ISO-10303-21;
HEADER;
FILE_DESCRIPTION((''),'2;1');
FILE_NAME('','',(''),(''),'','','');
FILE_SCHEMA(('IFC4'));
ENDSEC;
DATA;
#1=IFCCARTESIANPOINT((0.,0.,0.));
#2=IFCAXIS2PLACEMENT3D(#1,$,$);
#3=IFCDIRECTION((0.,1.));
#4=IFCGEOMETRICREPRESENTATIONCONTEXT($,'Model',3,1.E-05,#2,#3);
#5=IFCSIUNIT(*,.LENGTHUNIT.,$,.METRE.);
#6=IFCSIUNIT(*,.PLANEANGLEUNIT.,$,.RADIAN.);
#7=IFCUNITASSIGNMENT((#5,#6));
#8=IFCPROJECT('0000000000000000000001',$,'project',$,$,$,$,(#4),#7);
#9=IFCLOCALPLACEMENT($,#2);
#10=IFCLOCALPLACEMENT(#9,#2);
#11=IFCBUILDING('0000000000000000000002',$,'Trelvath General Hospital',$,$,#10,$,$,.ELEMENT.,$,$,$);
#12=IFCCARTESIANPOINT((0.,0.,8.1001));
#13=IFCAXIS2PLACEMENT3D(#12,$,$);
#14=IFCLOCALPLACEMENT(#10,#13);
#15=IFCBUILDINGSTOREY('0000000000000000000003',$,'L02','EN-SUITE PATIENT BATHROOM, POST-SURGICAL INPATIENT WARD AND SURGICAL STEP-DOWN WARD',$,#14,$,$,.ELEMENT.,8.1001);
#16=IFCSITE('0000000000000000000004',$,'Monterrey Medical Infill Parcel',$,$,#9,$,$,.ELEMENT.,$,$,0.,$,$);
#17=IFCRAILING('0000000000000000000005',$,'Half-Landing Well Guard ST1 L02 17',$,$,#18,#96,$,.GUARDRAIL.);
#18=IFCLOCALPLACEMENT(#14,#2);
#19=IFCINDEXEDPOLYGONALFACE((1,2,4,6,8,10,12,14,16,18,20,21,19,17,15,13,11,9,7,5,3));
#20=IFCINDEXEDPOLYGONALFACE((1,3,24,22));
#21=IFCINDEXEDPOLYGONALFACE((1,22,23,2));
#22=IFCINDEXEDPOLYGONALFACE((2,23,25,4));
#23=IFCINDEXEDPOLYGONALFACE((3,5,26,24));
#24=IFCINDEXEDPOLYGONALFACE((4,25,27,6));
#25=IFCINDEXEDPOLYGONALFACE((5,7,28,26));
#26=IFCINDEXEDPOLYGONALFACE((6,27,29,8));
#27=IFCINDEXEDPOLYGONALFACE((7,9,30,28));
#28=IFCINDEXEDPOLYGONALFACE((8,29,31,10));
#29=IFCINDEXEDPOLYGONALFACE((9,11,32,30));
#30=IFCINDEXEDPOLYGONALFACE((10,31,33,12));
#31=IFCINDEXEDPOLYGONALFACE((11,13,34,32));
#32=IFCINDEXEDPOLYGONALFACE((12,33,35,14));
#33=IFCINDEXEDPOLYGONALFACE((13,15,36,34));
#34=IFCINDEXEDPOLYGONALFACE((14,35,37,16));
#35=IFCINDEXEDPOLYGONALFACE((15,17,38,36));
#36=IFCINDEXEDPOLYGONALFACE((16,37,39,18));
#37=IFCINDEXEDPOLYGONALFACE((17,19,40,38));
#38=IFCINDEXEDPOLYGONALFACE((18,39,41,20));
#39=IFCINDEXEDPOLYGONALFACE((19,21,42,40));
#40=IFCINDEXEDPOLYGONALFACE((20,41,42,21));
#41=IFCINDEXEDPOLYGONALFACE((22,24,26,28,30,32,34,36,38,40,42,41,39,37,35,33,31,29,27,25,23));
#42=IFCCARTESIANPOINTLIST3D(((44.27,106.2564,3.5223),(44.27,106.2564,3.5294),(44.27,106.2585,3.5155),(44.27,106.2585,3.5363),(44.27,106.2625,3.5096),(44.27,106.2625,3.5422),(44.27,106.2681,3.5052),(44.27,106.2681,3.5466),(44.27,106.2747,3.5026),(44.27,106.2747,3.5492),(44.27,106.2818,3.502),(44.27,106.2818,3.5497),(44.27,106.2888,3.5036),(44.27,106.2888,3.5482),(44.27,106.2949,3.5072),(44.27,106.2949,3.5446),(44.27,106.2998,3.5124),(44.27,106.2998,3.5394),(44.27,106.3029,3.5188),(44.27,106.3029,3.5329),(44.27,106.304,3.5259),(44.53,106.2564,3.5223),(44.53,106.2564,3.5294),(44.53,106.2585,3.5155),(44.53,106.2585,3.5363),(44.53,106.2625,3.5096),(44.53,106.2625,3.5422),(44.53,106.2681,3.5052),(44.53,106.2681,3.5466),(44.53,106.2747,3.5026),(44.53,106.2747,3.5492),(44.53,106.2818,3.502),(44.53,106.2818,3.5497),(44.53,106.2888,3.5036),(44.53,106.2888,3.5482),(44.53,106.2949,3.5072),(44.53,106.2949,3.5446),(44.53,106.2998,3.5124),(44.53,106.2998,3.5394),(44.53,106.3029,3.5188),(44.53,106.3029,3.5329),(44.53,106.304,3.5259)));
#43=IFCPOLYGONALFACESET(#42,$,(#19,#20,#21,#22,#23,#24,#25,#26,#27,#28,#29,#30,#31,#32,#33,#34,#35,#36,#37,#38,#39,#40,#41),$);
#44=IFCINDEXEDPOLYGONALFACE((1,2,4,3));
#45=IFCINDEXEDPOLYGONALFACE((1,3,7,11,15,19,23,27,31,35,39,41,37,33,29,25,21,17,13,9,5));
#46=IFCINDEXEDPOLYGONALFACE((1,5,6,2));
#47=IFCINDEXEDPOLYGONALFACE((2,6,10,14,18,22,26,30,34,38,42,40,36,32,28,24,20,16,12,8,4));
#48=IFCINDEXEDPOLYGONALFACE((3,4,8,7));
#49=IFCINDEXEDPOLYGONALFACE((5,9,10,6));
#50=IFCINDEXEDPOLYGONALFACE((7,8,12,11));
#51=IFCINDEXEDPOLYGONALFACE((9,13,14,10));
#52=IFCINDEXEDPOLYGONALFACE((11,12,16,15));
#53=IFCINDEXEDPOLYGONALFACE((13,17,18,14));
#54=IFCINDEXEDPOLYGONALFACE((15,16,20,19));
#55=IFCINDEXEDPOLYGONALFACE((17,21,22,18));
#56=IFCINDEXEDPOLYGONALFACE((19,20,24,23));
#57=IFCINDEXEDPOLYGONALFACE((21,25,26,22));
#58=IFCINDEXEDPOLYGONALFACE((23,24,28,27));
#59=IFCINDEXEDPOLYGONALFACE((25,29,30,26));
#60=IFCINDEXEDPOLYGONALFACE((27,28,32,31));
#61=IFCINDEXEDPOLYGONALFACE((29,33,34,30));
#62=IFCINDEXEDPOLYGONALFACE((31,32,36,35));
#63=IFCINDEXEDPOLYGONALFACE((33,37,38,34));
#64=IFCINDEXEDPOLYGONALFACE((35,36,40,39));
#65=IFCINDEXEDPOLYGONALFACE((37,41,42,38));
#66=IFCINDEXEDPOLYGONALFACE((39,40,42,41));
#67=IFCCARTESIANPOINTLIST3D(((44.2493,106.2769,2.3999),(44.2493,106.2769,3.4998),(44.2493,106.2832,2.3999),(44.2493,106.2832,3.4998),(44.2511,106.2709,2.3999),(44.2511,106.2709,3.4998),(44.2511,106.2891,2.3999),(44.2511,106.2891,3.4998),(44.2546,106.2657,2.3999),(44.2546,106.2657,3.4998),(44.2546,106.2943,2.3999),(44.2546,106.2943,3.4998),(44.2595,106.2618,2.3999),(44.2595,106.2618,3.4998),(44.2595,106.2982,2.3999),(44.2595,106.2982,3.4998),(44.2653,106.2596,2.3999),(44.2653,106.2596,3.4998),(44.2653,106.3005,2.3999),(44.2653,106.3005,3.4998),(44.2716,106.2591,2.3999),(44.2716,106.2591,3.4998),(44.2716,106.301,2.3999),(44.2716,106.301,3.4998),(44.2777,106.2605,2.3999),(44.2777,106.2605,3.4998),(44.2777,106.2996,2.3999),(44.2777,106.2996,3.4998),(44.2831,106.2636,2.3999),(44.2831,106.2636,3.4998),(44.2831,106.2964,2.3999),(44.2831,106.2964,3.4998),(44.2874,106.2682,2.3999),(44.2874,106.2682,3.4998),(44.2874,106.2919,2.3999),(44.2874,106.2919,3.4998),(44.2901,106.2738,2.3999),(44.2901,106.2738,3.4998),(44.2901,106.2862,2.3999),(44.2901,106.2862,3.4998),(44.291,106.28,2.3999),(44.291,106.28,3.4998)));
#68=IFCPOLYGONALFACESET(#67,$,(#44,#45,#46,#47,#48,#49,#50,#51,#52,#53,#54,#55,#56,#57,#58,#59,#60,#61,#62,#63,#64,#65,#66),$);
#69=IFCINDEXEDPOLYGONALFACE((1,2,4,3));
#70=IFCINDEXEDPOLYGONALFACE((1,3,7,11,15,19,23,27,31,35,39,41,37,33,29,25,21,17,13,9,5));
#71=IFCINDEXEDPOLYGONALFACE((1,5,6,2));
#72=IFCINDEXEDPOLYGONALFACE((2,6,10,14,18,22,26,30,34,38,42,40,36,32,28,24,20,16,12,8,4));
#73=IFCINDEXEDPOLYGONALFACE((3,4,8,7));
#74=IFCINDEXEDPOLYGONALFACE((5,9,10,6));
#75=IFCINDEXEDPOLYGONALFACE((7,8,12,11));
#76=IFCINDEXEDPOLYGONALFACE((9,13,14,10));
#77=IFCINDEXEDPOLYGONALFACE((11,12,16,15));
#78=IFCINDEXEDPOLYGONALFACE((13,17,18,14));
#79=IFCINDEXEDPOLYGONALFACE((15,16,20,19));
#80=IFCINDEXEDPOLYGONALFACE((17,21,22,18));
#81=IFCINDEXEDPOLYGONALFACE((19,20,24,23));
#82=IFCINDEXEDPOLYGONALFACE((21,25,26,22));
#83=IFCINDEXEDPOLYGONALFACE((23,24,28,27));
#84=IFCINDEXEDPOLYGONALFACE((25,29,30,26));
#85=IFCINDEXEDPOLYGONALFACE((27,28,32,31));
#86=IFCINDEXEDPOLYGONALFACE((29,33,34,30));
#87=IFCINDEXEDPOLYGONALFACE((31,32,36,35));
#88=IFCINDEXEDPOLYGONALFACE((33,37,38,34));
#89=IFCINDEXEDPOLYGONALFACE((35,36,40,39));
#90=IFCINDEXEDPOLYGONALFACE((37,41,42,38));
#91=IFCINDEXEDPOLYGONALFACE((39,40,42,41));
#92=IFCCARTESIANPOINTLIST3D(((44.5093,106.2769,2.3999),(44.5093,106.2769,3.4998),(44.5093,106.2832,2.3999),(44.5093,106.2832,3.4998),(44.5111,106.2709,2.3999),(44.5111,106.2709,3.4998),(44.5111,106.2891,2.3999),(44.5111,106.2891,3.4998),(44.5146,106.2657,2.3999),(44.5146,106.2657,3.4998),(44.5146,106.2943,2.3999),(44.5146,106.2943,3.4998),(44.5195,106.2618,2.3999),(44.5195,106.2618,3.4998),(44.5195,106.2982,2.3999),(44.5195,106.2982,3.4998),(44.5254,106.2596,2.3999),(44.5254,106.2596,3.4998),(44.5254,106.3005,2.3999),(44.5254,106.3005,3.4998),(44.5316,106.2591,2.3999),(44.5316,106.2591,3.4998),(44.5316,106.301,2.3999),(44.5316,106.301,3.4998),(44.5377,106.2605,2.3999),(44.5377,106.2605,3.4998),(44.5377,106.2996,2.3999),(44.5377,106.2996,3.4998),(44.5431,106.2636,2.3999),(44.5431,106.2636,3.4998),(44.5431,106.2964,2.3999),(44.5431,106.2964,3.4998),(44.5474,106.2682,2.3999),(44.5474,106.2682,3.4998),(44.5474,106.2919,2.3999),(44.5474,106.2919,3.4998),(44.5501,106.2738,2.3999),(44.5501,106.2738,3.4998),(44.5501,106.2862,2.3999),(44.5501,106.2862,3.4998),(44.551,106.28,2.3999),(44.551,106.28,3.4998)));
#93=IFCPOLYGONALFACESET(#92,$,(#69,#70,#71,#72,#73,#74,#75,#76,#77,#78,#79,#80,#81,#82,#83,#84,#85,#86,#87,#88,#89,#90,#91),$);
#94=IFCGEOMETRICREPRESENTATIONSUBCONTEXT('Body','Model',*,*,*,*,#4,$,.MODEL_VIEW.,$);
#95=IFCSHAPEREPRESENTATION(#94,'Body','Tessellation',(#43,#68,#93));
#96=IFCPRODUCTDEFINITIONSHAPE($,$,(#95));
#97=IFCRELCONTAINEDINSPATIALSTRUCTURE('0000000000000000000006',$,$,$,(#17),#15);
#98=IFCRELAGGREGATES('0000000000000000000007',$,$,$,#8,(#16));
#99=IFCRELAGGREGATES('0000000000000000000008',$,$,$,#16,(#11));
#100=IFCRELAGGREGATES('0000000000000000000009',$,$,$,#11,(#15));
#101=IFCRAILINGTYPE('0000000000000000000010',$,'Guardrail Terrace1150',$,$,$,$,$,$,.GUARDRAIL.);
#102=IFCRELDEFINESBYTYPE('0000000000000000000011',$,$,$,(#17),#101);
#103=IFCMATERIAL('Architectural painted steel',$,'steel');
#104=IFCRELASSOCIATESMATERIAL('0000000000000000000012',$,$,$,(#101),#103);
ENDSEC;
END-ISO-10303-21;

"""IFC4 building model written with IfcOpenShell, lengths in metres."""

from ifc_helpers import new_model, si_unit, direction, frame, origin, origin_2d, place, context, subcontext, project, spatial, circle, extrude, material, type_object, element, save


model = new_model("IFC4")

# Units and contexts
model_context = context("Model", 3, precision=1e-05, world=origin(), true_north=direction((0.0, 1.0)))
body_context = subcontext(model_context, "Body", "Model", "MODEL_VIEW")
ifc_project = project(units=[si_unit("LENGTHUNIT", "METRE"), si_unit("PLANEANGLEUNIT", "RADIAN")], contexts=[model_context])

# Site, building, storey
site_placement = place(None, origin())
site = spatial("IfcSite", under=ifc_project, at=site_placement, Name="Monterrey Medical Infill Parcel", CompositionType="ELEMENT", RefElevation=0.0)
building_placement = place(site_placement, origin())
building = spatial("IfcBuilding", under=site, at=building_placement, Name="Trelvath General Hospital", CompositionType="ELEMENT")
storey_placement = place(building_placement, frame((0.0, 0.0, 8.1001)))
storey = spatial("IfcBuildingStorey", under=building, at=storey_placement, Name="L02", Description="EN-SUITE PATIENT BATHROOM, POST-SURGICAL INPATIENT WARD AND SURGICAL STEP-DOWN WARD", CompositionType="ELEMENT", Elevation=8.1001)

# Railing
ifc_material_1 = material(Name="Architectural painted steel", Category="steel")
railing_type_1 = type_object("IfcRailingType", Name="Guardrail Terrace1150", PredefinedType="GUARDRAIL", material=ifc_material_1)
railing_1_placement = place(storey_placement, frame((44.27, 106.28, 2.3999)))
element("IfcRailing", 1, at=railing_1_placement, inside=storey, type_object=railing_type_1, Name="Half-Landing Well Guard ST1 L02 17", PredefinedType="GUARDRAIL", context=body_context, shape_type="SweptSolid", body=[
    extrude(circle(Radius=0.0239, at=origin_2d()), frame((0.0, 0.0, 1.126), z_axis=(1.0, 0.0, 0.0), x_axis=(0.0, 1.0, 0.0)), (0.0, 0.0, 1.0), 0.26),
    extrude(circle(Radius=0.021, at=origin_2d()), origin(), (0.0, 0.0, 1.0), 1.0999),
    extrude(circle(Radius=0.021, at=origin_2d()), frame((0.26, 0.0, 0.0)), (0.0, 0.0, 1.0), 1.0999),
])

save(model, "model.ifc")
